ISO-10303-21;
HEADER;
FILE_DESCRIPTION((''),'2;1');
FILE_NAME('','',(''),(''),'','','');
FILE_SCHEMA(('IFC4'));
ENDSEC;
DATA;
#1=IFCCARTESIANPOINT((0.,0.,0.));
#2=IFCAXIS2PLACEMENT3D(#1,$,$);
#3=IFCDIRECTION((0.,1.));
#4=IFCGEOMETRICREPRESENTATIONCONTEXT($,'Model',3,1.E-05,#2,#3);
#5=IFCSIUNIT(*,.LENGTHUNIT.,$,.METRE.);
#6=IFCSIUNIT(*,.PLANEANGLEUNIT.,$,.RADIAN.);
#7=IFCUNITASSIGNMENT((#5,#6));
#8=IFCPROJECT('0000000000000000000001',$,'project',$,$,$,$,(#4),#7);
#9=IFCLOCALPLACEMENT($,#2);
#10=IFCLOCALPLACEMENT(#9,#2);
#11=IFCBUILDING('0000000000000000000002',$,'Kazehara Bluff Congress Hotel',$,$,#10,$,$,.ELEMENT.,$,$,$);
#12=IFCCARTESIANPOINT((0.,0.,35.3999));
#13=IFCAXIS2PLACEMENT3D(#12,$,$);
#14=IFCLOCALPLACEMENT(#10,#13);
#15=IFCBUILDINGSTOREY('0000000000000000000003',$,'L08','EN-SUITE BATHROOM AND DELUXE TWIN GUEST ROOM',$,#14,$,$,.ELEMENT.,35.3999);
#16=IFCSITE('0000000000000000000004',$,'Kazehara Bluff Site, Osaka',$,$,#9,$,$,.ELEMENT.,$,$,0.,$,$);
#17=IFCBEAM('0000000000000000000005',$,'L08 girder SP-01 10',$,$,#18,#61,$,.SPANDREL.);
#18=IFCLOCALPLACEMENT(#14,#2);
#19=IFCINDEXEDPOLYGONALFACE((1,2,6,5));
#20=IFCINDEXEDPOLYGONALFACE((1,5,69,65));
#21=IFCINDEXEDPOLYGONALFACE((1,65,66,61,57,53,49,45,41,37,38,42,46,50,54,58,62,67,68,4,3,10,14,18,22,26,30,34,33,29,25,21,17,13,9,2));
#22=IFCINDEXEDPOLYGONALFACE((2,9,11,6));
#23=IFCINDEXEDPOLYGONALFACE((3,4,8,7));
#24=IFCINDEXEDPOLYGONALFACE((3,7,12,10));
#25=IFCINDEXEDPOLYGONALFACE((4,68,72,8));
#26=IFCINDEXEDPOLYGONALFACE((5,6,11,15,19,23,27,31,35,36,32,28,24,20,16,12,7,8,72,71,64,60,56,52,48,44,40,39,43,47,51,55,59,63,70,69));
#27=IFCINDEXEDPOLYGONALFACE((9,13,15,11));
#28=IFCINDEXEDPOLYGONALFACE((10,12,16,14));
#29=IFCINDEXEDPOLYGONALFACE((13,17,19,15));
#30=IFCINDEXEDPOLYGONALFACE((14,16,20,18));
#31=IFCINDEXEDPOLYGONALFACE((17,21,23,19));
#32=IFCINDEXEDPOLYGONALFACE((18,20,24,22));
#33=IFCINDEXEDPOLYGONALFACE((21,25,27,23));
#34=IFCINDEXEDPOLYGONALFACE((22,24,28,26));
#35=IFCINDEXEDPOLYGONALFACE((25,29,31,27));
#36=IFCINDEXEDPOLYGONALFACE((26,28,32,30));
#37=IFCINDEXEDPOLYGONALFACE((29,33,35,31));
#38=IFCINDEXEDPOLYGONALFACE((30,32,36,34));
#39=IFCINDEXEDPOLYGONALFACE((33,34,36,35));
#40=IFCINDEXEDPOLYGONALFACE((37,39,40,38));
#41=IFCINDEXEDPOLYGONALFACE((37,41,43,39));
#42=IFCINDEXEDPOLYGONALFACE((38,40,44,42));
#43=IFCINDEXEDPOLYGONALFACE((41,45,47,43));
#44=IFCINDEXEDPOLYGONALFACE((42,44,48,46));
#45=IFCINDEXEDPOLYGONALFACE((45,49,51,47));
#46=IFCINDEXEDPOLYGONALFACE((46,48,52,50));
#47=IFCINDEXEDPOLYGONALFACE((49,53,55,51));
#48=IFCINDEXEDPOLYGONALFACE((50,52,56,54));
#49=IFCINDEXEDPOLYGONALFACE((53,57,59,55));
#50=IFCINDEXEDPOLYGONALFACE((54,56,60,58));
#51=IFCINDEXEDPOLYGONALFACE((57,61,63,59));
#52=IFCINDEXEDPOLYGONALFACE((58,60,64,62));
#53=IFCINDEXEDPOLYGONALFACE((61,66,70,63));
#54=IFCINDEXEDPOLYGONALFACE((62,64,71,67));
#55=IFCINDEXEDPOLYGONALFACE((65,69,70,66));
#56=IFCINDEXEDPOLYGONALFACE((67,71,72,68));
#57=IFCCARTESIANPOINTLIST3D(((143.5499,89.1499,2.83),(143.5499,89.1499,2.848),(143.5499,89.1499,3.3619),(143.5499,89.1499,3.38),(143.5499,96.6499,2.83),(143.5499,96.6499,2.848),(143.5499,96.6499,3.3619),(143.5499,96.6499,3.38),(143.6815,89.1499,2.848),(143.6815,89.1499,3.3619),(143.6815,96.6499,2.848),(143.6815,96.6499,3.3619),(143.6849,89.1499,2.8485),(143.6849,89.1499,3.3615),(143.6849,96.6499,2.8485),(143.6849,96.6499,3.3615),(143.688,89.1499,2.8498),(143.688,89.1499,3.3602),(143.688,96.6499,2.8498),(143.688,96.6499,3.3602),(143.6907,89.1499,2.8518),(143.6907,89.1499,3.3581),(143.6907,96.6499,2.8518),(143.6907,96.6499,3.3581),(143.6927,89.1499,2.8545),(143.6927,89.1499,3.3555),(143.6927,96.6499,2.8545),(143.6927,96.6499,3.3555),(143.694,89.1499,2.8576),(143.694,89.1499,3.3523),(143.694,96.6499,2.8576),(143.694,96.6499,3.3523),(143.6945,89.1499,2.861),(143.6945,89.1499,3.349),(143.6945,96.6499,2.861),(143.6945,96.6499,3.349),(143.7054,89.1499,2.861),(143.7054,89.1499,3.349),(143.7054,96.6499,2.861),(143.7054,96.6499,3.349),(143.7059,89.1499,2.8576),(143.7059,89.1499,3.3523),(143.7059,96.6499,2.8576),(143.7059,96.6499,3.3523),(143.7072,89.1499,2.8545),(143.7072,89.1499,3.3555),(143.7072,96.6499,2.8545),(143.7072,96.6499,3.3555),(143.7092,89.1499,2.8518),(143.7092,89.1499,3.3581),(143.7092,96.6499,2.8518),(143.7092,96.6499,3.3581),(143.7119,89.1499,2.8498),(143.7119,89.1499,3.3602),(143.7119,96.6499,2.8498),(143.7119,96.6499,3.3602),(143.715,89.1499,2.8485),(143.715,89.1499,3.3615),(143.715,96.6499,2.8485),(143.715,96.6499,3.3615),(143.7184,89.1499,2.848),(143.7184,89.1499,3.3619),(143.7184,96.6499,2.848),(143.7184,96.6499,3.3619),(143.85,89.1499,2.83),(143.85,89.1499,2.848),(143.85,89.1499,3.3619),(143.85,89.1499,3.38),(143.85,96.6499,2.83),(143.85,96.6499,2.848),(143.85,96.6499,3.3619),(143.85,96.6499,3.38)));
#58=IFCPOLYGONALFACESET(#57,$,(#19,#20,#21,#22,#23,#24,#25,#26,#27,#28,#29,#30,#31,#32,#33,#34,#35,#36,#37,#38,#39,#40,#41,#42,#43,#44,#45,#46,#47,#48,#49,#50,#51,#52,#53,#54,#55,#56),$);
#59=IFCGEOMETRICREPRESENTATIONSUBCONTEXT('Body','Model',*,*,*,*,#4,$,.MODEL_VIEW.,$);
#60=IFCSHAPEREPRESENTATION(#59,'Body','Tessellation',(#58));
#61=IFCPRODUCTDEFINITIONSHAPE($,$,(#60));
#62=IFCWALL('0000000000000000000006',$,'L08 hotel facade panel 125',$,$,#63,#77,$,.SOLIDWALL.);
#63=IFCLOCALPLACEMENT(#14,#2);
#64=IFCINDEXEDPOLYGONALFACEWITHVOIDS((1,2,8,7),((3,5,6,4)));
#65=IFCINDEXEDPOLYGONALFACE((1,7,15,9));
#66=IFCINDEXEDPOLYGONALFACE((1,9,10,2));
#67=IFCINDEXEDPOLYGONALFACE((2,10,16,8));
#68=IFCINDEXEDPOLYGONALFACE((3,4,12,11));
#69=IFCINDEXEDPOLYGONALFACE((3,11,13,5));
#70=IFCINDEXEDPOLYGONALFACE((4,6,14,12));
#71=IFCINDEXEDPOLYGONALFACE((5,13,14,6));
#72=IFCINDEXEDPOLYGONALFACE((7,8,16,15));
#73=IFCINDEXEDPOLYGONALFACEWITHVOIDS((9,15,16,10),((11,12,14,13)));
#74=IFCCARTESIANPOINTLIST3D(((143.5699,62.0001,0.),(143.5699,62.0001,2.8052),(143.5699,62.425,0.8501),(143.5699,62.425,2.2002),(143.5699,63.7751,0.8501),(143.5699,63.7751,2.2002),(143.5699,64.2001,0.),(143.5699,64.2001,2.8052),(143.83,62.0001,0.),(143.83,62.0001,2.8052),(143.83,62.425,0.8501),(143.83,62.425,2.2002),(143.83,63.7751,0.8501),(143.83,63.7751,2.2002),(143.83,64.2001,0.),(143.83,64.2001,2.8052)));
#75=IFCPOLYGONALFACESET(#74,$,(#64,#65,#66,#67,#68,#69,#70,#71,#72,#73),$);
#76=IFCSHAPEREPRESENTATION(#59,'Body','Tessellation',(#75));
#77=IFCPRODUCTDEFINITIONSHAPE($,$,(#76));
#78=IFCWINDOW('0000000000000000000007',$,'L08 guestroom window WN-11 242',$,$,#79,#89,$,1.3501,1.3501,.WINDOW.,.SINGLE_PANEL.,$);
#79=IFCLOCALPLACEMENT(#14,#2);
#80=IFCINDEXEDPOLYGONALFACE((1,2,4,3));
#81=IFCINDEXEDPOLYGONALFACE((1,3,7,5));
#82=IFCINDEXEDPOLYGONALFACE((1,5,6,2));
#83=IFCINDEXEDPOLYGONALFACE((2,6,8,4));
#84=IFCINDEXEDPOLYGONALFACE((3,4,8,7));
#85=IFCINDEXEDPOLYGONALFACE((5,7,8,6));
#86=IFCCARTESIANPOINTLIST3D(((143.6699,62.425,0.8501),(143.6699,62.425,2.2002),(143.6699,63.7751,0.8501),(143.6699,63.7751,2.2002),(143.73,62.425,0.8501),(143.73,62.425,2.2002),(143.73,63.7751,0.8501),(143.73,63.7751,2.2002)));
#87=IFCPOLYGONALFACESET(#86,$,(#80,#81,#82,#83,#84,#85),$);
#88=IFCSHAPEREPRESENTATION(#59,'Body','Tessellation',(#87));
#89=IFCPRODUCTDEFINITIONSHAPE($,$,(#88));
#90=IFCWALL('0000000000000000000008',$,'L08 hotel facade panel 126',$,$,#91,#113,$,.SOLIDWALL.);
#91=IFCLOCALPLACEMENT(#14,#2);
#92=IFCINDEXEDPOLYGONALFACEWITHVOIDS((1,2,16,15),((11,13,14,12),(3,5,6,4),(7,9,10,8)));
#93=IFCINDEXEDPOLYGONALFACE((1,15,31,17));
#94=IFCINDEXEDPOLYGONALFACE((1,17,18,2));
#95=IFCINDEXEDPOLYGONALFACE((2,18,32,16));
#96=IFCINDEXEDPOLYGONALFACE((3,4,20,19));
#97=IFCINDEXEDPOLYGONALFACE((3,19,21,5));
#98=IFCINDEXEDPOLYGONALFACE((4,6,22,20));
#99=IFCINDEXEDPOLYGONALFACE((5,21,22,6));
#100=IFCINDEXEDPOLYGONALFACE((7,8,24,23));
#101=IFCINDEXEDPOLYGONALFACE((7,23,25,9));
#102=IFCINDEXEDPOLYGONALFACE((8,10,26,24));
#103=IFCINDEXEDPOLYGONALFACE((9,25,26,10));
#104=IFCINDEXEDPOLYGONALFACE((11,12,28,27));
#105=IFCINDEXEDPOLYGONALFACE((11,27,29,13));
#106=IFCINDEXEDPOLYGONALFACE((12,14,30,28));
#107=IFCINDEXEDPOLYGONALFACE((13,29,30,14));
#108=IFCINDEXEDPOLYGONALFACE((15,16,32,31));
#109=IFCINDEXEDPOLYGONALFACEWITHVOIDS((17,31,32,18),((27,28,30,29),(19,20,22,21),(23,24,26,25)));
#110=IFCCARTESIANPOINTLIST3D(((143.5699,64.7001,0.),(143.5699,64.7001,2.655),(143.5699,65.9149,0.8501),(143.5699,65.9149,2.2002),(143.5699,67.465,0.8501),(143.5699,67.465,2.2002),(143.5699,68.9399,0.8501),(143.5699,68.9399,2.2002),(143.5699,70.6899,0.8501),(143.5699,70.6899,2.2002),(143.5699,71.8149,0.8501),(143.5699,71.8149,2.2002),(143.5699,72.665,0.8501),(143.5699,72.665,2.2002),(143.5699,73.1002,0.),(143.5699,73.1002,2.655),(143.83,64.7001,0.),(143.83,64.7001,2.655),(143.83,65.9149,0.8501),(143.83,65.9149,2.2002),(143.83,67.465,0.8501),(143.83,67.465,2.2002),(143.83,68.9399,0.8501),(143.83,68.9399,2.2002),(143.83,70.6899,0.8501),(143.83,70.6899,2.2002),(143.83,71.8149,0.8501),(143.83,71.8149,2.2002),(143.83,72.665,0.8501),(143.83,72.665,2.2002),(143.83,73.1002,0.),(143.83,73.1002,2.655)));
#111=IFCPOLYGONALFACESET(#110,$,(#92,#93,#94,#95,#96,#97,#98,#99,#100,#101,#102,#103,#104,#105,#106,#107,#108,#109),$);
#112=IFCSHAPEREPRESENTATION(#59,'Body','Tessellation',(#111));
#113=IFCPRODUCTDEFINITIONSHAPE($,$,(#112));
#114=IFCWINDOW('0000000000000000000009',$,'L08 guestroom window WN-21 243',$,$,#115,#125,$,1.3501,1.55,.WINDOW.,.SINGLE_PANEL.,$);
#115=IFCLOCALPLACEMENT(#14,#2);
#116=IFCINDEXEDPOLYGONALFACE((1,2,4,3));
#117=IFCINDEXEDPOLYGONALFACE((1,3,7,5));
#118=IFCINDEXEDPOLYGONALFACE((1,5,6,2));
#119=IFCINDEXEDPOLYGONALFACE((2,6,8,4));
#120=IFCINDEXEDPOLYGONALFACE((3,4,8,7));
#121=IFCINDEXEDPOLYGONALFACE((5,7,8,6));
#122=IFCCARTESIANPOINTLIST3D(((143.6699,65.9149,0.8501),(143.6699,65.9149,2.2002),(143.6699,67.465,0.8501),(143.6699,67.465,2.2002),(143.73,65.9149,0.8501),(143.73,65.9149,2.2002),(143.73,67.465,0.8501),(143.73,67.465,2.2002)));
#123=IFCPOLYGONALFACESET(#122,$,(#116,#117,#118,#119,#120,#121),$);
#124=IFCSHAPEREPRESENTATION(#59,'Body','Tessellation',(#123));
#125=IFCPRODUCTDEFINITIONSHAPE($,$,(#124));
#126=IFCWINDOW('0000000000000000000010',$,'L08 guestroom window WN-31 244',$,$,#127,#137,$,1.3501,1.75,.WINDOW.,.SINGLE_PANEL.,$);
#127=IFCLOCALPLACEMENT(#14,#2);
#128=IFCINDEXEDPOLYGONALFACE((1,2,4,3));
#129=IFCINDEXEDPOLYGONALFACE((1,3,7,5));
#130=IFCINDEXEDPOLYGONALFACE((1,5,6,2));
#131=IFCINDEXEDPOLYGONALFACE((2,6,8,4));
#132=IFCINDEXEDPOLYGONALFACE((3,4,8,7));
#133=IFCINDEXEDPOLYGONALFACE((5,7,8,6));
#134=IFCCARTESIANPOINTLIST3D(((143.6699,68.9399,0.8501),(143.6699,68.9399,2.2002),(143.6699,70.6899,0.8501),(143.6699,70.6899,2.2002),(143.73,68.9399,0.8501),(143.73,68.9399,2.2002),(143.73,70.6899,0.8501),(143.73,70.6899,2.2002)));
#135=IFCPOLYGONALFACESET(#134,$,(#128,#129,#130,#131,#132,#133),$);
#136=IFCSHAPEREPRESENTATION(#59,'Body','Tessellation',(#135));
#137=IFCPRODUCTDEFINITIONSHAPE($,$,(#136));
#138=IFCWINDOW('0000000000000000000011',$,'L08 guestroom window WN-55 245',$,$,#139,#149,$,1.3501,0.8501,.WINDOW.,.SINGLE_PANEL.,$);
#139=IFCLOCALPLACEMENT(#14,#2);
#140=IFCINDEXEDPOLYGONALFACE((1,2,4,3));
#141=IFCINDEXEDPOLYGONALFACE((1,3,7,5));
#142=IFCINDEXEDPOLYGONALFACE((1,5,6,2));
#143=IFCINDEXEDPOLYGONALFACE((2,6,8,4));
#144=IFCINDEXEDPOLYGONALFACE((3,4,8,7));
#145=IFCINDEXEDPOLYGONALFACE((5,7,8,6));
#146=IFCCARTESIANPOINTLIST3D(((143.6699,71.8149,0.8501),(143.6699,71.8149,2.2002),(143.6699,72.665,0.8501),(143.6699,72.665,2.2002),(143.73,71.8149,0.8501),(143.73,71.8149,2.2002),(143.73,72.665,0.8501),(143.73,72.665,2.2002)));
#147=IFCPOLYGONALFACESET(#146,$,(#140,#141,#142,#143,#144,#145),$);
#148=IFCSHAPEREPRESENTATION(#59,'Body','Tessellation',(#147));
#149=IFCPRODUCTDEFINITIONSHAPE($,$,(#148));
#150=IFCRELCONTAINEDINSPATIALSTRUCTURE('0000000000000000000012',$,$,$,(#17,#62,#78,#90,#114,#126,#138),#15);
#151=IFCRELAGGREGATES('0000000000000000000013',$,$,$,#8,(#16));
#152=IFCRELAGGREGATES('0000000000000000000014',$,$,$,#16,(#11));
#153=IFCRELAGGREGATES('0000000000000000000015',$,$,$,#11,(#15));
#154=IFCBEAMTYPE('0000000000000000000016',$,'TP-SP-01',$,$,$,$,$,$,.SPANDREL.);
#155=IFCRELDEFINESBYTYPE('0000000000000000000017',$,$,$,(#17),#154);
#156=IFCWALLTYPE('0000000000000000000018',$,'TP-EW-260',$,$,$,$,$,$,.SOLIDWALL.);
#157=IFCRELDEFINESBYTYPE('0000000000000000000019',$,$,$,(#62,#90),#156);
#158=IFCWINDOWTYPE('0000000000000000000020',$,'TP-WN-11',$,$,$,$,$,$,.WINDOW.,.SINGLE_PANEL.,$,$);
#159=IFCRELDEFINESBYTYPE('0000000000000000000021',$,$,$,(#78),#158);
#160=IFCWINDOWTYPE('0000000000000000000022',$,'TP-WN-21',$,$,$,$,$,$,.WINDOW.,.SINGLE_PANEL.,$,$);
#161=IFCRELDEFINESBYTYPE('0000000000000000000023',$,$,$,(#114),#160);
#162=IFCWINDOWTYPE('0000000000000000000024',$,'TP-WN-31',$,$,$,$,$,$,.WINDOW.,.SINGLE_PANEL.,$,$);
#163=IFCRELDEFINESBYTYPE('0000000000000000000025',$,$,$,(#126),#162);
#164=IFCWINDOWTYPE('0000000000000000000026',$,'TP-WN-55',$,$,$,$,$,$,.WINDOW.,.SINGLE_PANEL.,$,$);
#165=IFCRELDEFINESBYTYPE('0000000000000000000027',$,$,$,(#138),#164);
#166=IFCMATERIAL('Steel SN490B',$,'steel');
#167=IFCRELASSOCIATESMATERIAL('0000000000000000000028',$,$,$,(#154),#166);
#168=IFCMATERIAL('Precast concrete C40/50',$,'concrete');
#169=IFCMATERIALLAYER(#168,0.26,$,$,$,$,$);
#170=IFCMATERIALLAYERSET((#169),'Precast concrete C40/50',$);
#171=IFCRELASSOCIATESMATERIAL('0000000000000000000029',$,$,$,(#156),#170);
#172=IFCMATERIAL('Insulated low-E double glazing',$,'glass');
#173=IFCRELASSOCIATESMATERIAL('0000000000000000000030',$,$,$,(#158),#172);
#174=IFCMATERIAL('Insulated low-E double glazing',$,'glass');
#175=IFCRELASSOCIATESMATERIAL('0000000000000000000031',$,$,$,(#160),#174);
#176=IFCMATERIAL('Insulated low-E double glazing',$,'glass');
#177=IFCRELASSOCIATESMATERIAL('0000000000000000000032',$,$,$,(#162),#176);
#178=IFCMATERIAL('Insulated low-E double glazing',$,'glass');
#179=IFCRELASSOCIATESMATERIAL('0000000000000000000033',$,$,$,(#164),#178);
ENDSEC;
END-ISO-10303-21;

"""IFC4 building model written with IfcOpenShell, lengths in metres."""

from ifc_helpers import new_model, si_unit, direction, frame, frame_2d, origin, origin_2d, place, context, subcontext, project, spatial, rectangle, i_section, extrude, material, layer, layer_set, material_profile, profile_set, type_object, element, fill, save


model = new_model("IFC4")

# Units and contexts
model_context = context("Model", 3, precision=1e-05, world=origin(), true_north=direction((0.0, 1.0)))
body_context = subcontext(model_context, "Body", "Model", "MODEL_VIEW")
ifc_project = project(units=[si_unit("LENGTHUNIT", "METRE"), si_unit("PLANEANGLEUNIT", "RADIAN")], contexts=[model_context])

# Site, building, storey
site_placement = place(None, origin())
site = spatial("IfcSite", under=ifc_project, at=site_placement, Name="Kazehara Bluff Site, Osaka", CompositionType="ELEMENT", RefElevation=0.0)
building_placement = place(site_placement, origin())
building = spatial("IfcBuilding", under=site, at=building_placement, Name="Kazehara Bluff Congress Hotel", CompositionType="ELEMENT")
storey_placement = place(building_placement, frame((0.0, 0.0, 35.3999)))
storey = spatial("IfcBuildingStorey", under=building, at=storey_placement, Name="L08", Description="EN-SUITE BATHROOM AND DELUXE TWIN GUEST ROOM", CompositionType="ELEMENT", Elevation=35.3999)

# Beam
ifc_material_1 = material(Name="Steel SN490B", Category="steel")
ifc_material_profile_1 = material_profile(ifc_material_1, i_section(OverallWidth=0.3, OverallDepth=0.55, WebThickness=0.011, FlangeThickness=0.0181, FilletRadius=0.0129, at=origin_2d()))
ifc_profile_set_1 = profile_set([ifc_material_profile_1], Name="Steel SN490B")
beam_type = type_object("IfcBeamType", Name="TP-SP-01", PredefinedType="SPANDREL", material=ifc_profile_set_1)
for number, where, z_axis, x_axis, name in (
    (1, (143.7, 89.1499, 3.105), (0.0, 1.0, 0.0), (-1.0, 0.0, 0.0), "L08 girder SP-01 10"),
):
    element("IfcBeam", number, at=place(storey_placement, frame(where, z_axis=z_axis, x_axis=x_axis)), inside=storey, type_object=beam_type, Name=name, PredefinedType="SPANDREL", context=body_context, shape_type="SweptSolid", body=[
        extrude(i_section(OverallWidth=0.3, OverallDepth=0.55, WebThickness=0.011, FlangeThickness=0.0181, FilletRadius=0.0129, at=origin_2d()), origin(), (0.0, 0.0, 1.0), 7.5),
    ])

# Wall, opening, window
ifc_material_2 = material(Name="Precast concrete C40/50", Category="concrete")
ifc_layer_1 = layer(ifc_material_2, 0.26)
ifc_layer_set_1 = layer_set([ifc_layer_1], Name="Precast concrete C40/50")
wall_type = type_object("IfcWallType", Name="TP-EW-260", PredefinedType="SOLIDWALL", material=ifc_layer_set_1)
wall_1_placement = place(storey_placement, frame((143.7, 62.0, 0.0), z_axis=(0.0, 0.0, 1.0), x_axis=(0.0, 1.0, 0.0)))
wall_1 = element("IfcWall", 2, at=wall_1_placement, inside=storey, type_object=wall_type, Name="L08 hotel facade panel 125", PredefinedType="SOLIDWALL", context=body_context, shape_type="SweptSolid", body=[
    extrude(rectangle(XDim=2.2, YDim=0.26, at=frame_2d((1.1001, 0.0))), origin(), (0.0, 0.0, 1.0), 2.8052),
])
opening_1_placement = place(wall_1_placement, frame((0.425, 0.0, 0.8501)))
opening_1 = element("IfcOpeningElement", 3, at=opening_1_placement, cuts=wall_1, PredefinedType="OPENING", context=body_context, shape_type="SweptSolid", body=[
    extrude(rectangle(XDim=1.3501, YDim=1.3501, at=frame_2d((0.675, 0.675))), frame((0.0, 0.1399, 0.0), z_axis=(0.0, -1.0, 0.0), x_axis=(1.0, 0.0, 0.0)), (0.0, 0.0, 1.0), 0.28),
])
ifc_material_3 = material(Name="Insulated low-E double glazing", Category="glass")
window_type_1 = type_object("IfcWindowType", Name="TP-WN-11", PartitioningType="SINGLE_PANEL", PredefinedType="WINDOW", material=ifc_material_3)
window_1_placement = place(opening_1_placement, origin())
window_1 = element("IfcWindow", 4, at=window_1_placement, inside=storey, type_object=window_type_1, Name="L08 guestroom window WN-11 242", OverallHeight=1.3501, OverallWidth=1.3501, PartitioningType="SINGLE_PANEL", PredefinedType="WINDOW", context=body_context, shape_type="SweptSolid", body=[
    extrude(rectangle(XDim=1.3501, YDim=1.3501, at=frame_2d((0.675, 0.675))), frame((0.0, 0.03, 0.0), z_axis=(0.0, -1.0, 0.0), x_axis=(1.0, 0.0, 0.0)), (0.0, 0.0, 1.0), 0.0601),
])
fill(opening_1, window_1)

# Wall, openings, windows
wall_2_placement = place(storey_placement, frame((143.7, 64.7, 0.0), z_axis=(0.0, 0.0, 1.0), x_axis=(0.0, 1.0, 0.0)))
wall_2 = element("IfcWall", 5, at=wall_2_placement, inside=storey, type_object=wall_type, Name="L08 hotel facade panel 126", PredefinedType="SOLIDWALL", context=body_context, shape_type="SweptSolid", body=[
    extrude(rectangle(XDim=8.4001, YDim=0.26, at=frame_2d((4.2002, 0.0))), origin(), (0.0, 0.0, 1.0), 2.655),
])
opening_2_placement = place(wall_2_placement, frame((1.2151, 0.0, 0.8501)))
opening_2 = element("IfcOpeningElement", 6, at=opening_2_placement, cuts=wall_2, PredefinedType="OPENING", context=body_context, shape_type="SweptSolid", body=[
    extrude(rectangle(XDim=1.55, YDim=1.3501, at=frame_2d((0.7749, 0.675))), frame((0.0, 0.1399, 0.0), z_axis=(0.0, -1.0, 0.0), x_axis=(1.0, 0.0, 0.0)), (0.0, 0.0, 1.0), 0.28),
])
opening_3_placement = place(wall_2_placement, frame((4.24, 0.0, 0.8501)))
opening_3 = element("IfcOpeningElement", 7, at=opening_3_placement, cuts=wall_2, PredefinedType="OPENING", context=body_context, shape_type="SweptSolid", body=[
    extrude(rectangle(XDim=1.75, YDim=1.3501, at=frame_2d((0.875, 0.675))), frame((0.0, 0.1399, 0.0), z_axis=(0.0, -1.0, 0.0), x_axis=(1.0, 0.0, 0.0)), (0.0, 0.0, 1.0), 0.28),
])
opening_4_placement = place(wall_2_placement, frame((7.115, 0.0, 0.8501)))
opening_4 = element("IfcOpeningElement", 8, at=opening_4_placement, cuts=wall_2, PredefinedType="OPENING", context=body_context, shape_type="SweptSolid", body=[
    extrude(rectangle(XDim=0.8501, YDim=1.3501, at=frame_2d((0.425, 0.675))), frame((0.0, 0.1399, 0.0), z_axis=(0.0, -1.0, 0.0), x_axis=(1.0, 0.0, 0.0)), (0.0, 0.0, 1.0), 0.28),
])
ifc_material_4 = material(Name="Insulated low-E double glazing", Category="glass")
window_type_2 = type_object("IfcWindowType", Name="TP-WN-21", PartitioningType="SINGLE_PANEL", PredefinedType="WINDOW", material=ifc_material_4)
window_2_placement = place(opening_2_placement, origin())
window_2 = element("IfcWindow", 9, at=window_2_placement, inside=storey, type_object=window_type_2, Name="L08 guestroom window WN-21 243", OverallHeight=1.3501, OverallWidth=1.55, PartitioningType="SINGLE_PANEL", PredefinedType="WINDOW", context=body_context, shape_type="SweptSolid", body=[
    extrude(rectangle(XDim=1.55, YDim=1.3501, at=frame_2d((0.7749, 0.675))), frame((0.0, 0.03, 0.0), z_axis=(0.0, -1.0, 0.0), x_axis=(1.0, 0.0, 0.0)), (0.0, 0.0, 1.0), 0.0601),
])
fill(opening_2, window_2)
ifc_material_5 = material(Name="Insulated low-E double glazing", Category="glass")
window_type_3 = type_object("IfcWindowType", Name="TP-WN-31", PartitioningType="SINGLE_PANEL", PredefinedType="WINDOW", material=ifc_material_5)
window_3_placement = place(opening_3_placement, origin())
window_3 = element("IfcWindow", 10, at=window_3_placement, inside=storey, type_object=window_type_3, Name="L08 guestroom window WN-31 244", OverallHeight=1.3501, OverallWidth=1.75, PartitioningType="SINGLE_PANEL", PredefinedType="WINDOW", context=body_context, shape_type="SweptSolid", body=[
    extrude(rectangle(XDim=1.75, YDim=1.3501, at=frame_2d((0.875, 0.675))), frame((0.0, 0.03, 0.0), z_axis=(0.0, -1.0, 0.0), x_axis=(1.0, 0.0, 0.0)), (0.0, 0.0, 1.0), 0.0601),
])
fill(opening_3, window_3)
ifc_material_6 = material(Name="Insulated low-E double glazing", Category="glass")
window_type_4 = type_object("IfcWindowType", Name="TP-WN-55", PartitioningType="SINGLE_PANEL", PredefinedType="WINDOW", material=ifc_material_6)
window_4_placement = place(opening_4_placement, origin())
window_4 = element("IfcWindow", 11, at=window_4_placement, inside=storey, type_object=window_type_4, Name="L08 guestroom window WN-55 245", OverallHeight=1.3501, OverallWidth=0.8501, PartitioningType="SINGLE_PANEL", PredefinedType="WINDOW", context=body_context, shape_type="SweptSolid", body=[
    extrude(rectangle(XDim=0.8501, YDim=1.3501, at=frame_2d((0.425, 0.675))), frame((0.0, 0.03, 0.0), z_axis=(0.0, -1.0, 0.0), x_axis=(1.0, 0.0, 0.0)), (0.0, 0.0, 1.0), 0.0601),
])
fill(opening_4, window_4)

save(model, "model.ifc")
